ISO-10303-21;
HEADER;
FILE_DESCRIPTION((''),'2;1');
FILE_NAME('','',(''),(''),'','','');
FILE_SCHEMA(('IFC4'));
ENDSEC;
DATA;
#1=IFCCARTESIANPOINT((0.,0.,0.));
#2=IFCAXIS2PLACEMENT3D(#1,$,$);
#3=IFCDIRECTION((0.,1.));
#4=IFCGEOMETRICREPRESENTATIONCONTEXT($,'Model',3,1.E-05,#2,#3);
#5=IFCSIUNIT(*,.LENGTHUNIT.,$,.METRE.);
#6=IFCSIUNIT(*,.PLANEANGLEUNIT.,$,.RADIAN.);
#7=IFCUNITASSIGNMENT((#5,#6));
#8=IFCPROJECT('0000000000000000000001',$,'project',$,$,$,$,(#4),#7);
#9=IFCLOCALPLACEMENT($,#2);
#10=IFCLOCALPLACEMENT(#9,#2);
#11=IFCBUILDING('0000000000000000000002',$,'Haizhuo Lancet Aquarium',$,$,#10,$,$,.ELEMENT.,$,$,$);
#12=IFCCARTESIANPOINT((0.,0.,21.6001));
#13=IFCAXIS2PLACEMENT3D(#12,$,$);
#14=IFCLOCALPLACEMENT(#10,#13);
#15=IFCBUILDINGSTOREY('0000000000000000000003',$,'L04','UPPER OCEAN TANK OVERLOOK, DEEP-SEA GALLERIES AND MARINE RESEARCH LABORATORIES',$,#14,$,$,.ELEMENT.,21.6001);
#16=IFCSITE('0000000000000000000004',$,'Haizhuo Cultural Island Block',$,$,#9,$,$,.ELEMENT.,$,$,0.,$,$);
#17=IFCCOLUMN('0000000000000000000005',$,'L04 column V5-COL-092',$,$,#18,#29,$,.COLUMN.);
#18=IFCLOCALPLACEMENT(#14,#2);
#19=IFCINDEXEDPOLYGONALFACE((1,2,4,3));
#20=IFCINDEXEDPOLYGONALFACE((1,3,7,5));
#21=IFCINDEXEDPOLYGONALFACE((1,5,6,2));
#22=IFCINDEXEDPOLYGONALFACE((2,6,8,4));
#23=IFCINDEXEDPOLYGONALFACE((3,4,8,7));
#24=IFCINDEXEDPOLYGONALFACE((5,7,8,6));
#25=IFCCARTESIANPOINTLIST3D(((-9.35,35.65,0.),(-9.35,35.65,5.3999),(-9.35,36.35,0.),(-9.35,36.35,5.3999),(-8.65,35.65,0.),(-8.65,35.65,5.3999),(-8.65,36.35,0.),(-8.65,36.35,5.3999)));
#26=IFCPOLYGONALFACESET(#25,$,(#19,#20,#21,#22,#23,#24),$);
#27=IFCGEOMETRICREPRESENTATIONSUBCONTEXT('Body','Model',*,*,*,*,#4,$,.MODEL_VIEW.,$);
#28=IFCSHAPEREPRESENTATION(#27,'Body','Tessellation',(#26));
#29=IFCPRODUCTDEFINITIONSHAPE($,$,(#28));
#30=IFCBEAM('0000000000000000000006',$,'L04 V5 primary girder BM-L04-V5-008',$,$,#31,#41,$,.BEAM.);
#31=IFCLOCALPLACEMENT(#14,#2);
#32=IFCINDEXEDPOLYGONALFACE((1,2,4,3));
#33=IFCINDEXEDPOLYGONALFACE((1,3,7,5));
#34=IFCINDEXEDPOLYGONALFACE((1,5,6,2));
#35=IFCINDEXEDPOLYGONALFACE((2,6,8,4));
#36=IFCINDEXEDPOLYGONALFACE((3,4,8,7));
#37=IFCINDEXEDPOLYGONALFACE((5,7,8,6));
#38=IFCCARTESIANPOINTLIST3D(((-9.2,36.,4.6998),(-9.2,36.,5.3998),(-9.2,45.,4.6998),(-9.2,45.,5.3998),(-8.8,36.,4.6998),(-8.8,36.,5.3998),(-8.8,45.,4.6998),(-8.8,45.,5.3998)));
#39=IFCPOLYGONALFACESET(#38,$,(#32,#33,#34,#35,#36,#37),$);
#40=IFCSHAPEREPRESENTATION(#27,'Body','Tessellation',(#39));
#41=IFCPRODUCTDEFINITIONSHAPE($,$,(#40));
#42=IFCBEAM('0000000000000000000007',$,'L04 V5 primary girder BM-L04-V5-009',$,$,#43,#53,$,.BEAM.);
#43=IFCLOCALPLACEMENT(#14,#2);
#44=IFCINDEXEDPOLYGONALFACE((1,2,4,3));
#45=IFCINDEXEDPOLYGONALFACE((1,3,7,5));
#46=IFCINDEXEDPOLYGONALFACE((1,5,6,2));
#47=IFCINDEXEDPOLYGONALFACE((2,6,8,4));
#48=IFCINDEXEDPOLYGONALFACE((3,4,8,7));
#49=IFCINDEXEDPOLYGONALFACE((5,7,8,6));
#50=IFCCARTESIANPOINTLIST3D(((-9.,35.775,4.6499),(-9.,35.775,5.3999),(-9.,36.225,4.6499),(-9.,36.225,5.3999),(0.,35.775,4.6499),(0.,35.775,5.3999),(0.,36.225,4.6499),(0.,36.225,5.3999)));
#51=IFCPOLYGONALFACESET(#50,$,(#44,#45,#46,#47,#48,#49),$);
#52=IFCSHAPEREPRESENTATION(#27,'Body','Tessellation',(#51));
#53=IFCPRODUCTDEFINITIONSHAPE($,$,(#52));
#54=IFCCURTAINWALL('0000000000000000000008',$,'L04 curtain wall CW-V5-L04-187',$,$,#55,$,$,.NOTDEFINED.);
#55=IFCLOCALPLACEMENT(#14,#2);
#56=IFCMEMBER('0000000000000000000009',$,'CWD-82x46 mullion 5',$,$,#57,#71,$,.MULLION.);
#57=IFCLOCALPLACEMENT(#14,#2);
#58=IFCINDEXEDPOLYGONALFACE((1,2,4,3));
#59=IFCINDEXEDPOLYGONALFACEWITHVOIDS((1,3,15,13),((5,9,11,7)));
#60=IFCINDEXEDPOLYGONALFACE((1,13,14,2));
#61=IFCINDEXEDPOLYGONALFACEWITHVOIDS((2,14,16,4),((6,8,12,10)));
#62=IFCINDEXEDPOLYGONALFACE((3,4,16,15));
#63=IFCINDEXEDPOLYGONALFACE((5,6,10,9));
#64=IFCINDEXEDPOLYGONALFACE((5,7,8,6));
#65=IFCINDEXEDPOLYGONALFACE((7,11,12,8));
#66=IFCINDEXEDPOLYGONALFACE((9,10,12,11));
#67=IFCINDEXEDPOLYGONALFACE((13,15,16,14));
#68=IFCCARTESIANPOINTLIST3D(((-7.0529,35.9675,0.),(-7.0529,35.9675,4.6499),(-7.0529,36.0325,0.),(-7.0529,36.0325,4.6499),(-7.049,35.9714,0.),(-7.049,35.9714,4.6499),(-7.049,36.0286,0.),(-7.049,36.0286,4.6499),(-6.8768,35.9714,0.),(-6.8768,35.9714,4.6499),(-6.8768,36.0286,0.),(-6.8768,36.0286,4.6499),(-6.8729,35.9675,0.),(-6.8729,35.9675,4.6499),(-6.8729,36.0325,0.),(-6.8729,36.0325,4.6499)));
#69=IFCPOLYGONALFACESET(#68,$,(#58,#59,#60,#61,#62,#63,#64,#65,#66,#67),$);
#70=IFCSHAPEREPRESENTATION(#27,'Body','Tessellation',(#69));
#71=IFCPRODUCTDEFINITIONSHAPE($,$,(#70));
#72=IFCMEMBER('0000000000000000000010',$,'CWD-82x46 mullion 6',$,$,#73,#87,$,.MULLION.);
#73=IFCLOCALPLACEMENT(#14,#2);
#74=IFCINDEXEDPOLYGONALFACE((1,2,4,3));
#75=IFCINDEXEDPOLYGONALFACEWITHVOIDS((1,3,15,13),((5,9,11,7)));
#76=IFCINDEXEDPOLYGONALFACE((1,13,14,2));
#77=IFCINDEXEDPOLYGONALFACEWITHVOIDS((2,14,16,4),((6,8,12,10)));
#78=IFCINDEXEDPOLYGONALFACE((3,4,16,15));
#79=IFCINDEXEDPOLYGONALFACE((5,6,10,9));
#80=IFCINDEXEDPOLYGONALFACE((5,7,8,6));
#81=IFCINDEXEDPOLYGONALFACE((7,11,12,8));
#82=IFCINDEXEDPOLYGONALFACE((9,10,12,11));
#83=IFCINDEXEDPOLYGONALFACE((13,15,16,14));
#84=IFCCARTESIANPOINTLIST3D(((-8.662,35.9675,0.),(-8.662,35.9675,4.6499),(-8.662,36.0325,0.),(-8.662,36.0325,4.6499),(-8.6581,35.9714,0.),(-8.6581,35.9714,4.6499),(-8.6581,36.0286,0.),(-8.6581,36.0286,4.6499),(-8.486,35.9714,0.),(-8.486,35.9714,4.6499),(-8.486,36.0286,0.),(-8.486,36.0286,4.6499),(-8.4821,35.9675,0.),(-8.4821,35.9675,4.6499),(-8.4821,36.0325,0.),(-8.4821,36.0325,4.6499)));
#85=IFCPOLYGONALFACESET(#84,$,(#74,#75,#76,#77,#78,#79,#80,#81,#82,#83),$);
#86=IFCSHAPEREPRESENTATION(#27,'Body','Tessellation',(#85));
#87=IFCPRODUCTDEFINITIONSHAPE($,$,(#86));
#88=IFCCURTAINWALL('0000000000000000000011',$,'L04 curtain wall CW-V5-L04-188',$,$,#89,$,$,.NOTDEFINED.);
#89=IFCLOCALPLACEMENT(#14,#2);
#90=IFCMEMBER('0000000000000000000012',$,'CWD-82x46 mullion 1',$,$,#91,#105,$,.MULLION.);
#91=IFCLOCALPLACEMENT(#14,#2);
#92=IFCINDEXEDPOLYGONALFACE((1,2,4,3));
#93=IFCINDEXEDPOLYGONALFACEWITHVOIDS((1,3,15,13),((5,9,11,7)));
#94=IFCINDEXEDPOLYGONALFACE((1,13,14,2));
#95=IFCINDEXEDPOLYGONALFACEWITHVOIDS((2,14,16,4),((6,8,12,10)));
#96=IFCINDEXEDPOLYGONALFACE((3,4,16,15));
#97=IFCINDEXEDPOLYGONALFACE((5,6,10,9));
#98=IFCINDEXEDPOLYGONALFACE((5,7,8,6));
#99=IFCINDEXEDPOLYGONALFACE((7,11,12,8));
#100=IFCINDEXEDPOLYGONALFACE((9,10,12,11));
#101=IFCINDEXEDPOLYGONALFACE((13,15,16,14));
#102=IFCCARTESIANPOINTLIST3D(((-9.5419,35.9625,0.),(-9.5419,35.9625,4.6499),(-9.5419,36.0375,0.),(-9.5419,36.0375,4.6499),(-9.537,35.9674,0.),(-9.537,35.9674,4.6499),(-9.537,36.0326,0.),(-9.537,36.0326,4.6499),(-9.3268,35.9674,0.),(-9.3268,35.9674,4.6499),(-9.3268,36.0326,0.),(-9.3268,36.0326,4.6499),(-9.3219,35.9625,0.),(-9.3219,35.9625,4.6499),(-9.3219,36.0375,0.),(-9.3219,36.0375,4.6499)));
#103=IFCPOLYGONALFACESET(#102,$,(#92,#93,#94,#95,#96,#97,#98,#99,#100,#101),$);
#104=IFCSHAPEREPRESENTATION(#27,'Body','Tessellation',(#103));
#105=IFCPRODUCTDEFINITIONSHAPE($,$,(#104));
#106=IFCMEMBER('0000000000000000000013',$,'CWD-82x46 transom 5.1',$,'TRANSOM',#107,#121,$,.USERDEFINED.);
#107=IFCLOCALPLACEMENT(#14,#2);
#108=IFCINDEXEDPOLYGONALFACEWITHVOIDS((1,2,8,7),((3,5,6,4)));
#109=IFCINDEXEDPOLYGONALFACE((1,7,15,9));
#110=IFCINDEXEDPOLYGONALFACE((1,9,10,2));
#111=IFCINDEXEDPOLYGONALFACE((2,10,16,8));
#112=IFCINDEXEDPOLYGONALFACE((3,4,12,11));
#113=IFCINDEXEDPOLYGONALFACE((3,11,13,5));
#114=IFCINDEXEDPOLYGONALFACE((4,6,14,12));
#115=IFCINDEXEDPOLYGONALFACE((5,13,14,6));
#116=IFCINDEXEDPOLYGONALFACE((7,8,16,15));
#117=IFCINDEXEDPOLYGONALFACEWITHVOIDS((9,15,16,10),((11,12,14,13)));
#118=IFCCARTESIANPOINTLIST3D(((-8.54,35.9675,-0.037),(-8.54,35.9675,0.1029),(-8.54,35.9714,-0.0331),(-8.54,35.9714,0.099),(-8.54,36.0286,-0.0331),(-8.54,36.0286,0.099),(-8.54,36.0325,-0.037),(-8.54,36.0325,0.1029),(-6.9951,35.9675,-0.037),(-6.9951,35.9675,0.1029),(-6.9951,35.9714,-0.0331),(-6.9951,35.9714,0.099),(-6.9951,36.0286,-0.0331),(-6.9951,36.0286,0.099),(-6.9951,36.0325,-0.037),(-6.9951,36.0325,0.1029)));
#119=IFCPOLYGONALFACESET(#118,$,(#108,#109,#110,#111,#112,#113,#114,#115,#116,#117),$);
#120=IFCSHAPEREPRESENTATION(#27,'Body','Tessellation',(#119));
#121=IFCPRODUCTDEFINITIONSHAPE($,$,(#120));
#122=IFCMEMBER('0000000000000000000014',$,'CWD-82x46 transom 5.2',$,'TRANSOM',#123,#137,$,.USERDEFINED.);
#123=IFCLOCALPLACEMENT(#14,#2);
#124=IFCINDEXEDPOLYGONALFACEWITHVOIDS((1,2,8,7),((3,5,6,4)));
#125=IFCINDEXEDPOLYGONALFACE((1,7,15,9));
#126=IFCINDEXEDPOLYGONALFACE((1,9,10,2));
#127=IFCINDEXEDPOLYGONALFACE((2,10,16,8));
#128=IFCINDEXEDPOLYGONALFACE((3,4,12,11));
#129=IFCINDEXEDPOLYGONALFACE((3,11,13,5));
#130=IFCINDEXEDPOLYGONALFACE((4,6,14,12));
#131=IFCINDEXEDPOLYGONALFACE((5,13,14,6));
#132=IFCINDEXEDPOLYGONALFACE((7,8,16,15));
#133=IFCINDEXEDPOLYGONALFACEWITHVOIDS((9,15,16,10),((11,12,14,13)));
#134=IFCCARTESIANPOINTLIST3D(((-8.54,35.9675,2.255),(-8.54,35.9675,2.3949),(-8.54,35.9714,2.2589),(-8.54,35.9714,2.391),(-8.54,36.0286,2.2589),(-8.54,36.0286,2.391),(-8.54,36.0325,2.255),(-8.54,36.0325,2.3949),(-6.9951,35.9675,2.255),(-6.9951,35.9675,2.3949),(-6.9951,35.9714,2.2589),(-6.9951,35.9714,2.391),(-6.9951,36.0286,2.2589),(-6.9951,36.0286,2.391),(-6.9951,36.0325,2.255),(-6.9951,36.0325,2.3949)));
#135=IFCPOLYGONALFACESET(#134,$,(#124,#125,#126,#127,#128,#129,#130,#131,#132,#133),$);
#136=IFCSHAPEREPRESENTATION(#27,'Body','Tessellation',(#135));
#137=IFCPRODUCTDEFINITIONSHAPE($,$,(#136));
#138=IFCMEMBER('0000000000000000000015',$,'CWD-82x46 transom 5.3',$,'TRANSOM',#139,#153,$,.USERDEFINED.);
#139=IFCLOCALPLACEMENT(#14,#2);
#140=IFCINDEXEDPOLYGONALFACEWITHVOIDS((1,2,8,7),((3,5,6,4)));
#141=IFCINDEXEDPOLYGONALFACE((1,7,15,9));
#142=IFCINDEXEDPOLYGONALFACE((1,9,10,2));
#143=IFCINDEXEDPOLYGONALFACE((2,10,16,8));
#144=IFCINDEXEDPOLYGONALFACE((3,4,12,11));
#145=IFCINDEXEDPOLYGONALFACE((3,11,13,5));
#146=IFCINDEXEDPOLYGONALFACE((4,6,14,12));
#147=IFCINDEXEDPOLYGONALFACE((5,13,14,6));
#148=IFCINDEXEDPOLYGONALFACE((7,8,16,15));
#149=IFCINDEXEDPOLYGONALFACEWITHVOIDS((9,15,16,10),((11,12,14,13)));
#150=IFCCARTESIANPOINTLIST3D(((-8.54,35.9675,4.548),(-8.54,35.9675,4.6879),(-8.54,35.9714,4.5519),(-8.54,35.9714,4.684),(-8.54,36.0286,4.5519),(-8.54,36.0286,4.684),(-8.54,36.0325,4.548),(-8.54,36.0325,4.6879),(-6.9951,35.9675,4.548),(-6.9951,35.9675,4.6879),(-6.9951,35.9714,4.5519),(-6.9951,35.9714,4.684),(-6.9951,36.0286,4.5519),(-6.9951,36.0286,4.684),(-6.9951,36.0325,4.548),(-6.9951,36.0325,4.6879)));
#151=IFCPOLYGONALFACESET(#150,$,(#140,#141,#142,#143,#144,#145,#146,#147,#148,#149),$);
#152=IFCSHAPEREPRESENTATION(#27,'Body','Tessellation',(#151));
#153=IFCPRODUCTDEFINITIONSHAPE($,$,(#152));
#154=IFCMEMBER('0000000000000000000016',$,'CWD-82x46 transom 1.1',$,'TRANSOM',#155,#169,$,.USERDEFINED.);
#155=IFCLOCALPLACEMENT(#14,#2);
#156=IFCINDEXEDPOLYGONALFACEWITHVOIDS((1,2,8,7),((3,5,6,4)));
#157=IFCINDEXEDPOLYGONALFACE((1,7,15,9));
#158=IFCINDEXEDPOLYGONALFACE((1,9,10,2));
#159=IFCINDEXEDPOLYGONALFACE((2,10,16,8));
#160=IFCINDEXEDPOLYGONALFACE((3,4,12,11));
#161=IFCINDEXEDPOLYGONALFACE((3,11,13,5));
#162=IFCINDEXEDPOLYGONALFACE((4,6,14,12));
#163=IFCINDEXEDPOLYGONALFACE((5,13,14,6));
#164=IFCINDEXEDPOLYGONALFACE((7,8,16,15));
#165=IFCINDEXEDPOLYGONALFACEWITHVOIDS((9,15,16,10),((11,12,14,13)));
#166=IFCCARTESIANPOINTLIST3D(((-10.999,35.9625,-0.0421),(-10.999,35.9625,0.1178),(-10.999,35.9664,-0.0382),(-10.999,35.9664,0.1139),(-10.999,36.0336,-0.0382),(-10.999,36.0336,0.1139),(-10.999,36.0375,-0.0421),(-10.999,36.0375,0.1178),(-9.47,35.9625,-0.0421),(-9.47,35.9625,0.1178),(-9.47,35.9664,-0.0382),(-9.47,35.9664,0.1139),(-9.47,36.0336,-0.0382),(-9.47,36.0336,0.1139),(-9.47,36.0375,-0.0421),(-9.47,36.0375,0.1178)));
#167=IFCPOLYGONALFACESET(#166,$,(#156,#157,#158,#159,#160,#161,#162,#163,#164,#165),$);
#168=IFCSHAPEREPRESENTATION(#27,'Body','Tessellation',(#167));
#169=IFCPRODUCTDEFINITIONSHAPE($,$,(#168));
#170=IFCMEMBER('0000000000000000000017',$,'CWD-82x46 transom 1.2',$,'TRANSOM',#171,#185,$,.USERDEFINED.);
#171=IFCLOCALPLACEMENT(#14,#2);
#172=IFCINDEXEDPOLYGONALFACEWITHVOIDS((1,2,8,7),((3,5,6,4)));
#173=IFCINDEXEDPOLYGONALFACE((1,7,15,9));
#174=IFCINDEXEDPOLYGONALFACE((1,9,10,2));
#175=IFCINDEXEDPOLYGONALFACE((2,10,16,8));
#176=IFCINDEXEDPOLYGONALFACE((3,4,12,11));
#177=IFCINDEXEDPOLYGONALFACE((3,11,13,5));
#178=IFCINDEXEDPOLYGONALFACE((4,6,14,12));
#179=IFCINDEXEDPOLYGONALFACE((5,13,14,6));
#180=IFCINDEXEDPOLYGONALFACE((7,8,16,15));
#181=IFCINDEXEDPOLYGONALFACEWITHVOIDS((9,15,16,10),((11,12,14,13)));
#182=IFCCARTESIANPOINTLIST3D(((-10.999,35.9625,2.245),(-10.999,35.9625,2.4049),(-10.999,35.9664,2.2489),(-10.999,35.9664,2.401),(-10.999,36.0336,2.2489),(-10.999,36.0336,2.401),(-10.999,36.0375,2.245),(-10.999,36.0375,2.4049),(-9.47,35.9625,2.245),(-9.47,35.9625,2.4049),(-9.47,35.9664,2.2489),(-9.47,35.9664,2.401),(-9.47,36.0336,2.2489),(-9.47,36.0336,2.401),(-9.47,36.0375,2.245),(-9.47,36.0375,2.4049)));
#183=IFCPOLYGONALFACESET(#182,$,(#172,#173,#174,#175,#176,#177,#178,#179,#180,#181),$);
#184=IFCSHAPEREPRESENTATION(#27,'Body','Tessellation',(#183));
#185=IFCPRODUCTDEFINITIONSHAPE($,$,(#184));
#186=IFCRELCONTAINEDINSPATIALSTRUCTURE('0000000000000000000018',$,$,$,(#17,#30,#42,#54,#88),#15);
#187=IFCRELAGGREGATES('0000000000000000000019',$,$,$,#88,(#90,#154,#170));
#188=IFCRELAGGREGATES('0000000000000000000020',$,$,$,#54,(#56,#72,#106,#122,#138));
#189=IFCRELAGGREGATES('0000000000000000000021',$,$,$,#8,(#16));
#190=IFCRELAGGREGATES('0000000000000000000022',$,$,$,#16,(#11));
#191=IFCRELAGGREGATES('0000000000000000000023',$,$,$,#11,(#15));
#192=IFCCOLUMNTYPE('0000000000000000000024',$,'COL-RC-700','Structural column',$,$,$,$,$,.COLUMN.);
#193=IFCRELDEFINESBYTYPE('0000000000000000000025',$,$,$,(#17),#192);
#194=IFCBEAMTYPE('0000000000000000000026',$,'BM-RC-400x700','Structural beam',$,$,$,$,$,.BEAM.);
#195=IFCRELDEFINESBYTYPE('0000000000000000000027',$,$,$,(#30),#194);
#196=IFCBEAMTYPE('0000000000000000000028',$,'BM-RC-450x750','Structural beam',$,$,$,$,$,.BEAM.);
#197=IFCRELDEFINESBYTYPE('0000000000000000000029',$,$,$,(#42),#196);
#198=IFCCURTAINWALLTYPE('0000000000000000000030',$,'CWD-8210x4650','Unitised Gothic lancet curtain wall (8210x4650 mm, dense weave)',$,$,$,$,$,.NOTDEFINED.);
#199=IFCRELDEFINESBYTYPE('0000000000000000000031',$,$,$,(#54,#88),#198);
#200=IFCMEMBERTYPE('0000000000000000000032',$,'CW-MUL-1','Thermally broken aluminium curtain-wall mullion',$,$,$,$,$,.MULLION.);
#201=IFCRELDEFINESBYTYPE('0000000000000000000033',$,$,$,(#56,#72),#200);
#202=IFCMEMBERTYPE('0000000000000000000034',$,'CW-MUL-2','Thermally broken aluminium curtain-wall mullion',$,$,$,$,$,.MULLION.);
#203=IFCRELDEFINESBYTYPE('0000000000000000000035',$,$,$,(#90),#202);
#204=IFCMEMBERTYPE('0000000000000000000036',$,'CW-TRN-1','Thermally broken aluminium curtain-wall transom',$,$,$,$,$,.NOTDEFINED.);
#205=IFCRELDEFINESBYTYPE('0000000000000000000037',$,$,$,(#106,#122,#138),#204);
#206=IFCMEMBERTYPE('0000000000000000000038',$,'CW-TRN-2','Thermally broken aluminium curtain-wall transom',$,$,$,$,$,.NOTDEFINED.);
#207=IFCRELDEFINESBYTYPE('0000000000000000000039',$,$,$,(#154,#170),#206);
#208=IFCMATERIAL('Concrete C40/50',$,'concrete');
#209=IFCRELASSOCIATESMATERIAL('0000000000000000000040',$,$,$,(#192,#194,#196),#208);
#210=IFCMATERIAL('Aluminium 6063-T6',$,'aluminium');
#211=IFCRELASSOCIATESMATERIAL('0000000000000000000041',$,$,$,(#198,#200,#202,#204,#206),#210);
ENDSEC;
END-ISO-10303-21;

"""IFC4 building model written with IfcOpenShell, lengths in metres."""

from ifc_helpers import new_model, si_unit, direction, frame, origin, origin_2d, place, context, subcontext, project, spatial, rectangle, hollow_rectangle, extrude, material, material_profile, profile_set, type_object, element, aggregate, save


model = new_model("IFC4")

# Units and contexts
model_context = context("Model", 3, precision=1e-05, world=origin(), true_north=direction((0.0, 1.0)))
body_context = subcontext(model_context, "Body", "Model", "MODEL_VIEW")
ifc_project = project(units=[si_unit("LENGTHUNIT", "METRE"), si_unit("PLANEANGLEUNIT", "RADIAN")], contexts=[model_context])

# Site, building, storey
site_placement = place(None, origin())
site = spatial("IfcSite", under=ifc_project, at=site_placement, Name="Haizhuo Cultural Island Block", CompositionType="ELEMENT", RefElevation=0.0)
building_placement = place(site_placement, origin())
building = spatial("IfcBuilding", under=site, at=building_placement, Name="Haizhuo Lancet Aquarium", CompositionType="ELEMENT")
storey_placement = place(building_placement, frame((0.0, 0.0, 21.6001)))
storey = spatial("IfcBuildingStorey", under=building, at=storey_placement, Name="L04", Description="UPPER OCEAN TANK OVERLOOK, DEEP-SEA GALLERIES AND MARINE RESEARCH LABORATORIES", CompositionType="ELEMENT", Elevation=21.6001)

# Column
ifc_material_1 = material(Name="Concrete C40/50", Category="concrete")
ifc_material_profile_1 = material_profile(ifc_material_1, rectangle(XDim=0.7, YDim=0.7, at=origin_2d()), Name="RC-COL 700x700")
ifc_profile_set_1 = profile_set([ifc_material_profile_1], Name="Concrete C40/50")
column_type = type_object("IfcColumnType", Name="COL-RC-700", Description="Structural column", PredefinedType="COLUMN", material=ifc_profile_set_1)
column_placement = place(storey_placement, frame((-9.0, 36.0, 0.0), z_axis=(0.0, 0.0, 1.0), x_axis=(1.0, 0.0, 0.0)))
element("IfcColumn", 1, at=column_placement, inside=storey, type_object=column_type, Name="L04 column V5-COL-092", PredefinedType="COLUMN", context=body_context, shape_type="SweptSolid", body=[
    extrude(rectangle(XDim=0.7, YDim=0.7, at=origin_2d()), origin(), (0.0, 0.0, 1.0), 5.3999),
])

# Beams
ifc_material_profile_2 = material_profile(ifc_material_1, rectangle(XDim=0.3999, YDim=0.7, at=origin_2d()), Name="RC-BM 400x700")
ifc_profile_set_2 = profile_set([ifc_material_profile_2], Name="Concrete C40/50")
beam_type_1 = type_object("IfcBeamType", Name="BM-RC-400x700", Description="Structural beam", PredefinedType="BEAM", material=ifc_profile_set_2)
beam_1_placement = place(storey_placement, frame((-9.0, 36.0, 5.0498), z_axis=(0.0, 1.0, 0.0), x_axis=(-1.0, 0.0, 0.0)))
element("IfcBeam", 2, at=beam_1_placement, inside=storey, type_object=beam_type_1, Name="L04 V5 primary girder BM-L04-V5-008", PredefinedType="BEAM", context=body_context, shape_type="SweptSolid", body=[
    extrude(rectangle(XDim=0.3999, YDim=0.7, at=origin_2d()), origin(), (0.0, 0.0, 1.0), 9.0),
])
ifc_material_profile_3 = material_profile(ifc_material_1, rectangle(XDim=0.45, YDim=0.75, at=origin_2d()), Name="RC-BM 450x750")
ifc_profile_set_3 = profile_set([ifc_material_profile_3], Name="Concrete C40/50")
beam_type_2 = type_object("IfcBeamType", Name="BM-RC-450x750", Description="Structural beam", PredefinedType="BEAM", material=ifc_profile_set_3)
beam_2_placement = place(storey_placement, frame((-9.0, 36.0, 5.0249), z_axis=(1.0, 0.0, 0.0), x_axis=(0.0, 1.0, 0.0)))
element("IfcBeam", 3, at=beam_2_placement, inside=storey, type_object=beam_type_2, Name="L04 V5 primary girder BM-L04-V5-009", PredefinedType="BEAM", context=body_context, shape_type="SweptSolid", body=[
    extrude(rectangle(XDim=0.45, YDim=0.75, at=origin_2d()), origin(), (0.0, 0.0, 1.0), 9.0),
])

# Curtain wall, members
ifc_material_2 = material(Name="Aluminium 6063-T6", Category="aluminium")
curtain_wall_type = type_object("IfcCurtainWallType", Name="CWD-8210x4650", Description="Unitised Gothic lancet curtain wall (8210x4650 mm, dense weave)", PredefinedType="NOTDEFINED", material=ifc_material_2)
curtain_wall_1_placement = place(storey_placement, origin())
curtain_wall_1 = element("IfcCurtainWall", 4, at=curtain_wall_1_placement, inside=storey, type_object=curtain_wall_type, Name="L04 curtain wall CW-V5-L04-187", PredefinedType="NOTDEFINED")
ifc_material_profile_4 = material_profile(ifc_material_2, hollow_rectangle(XDim=0.0649, YDim=0.1799, WallThickness=0.0039, at=origin_2d()), Name="ALU-M 65x180x4")
ifc_profile_set_4 = profile_set([ifc_material_profile_4], Name="Aluminium 6063-T6")
member_type_1 = type_object("IfcMemberType", Name="CW-MUL-1", Description="Thermally broken aluminium curtain-wall mullion", PredefinedType="MULLION", material=ifc_profile_set_4)
member_1_placement = place(storey_placement, frame((-6.9629, 36.0, 0.0), z_axis=(0.0, 0.0, 1.0), x_axis=(0.0, -1.0, 0.0)))
member_1 = element("IfcMember", 5, at=member_1_placement, type_object=member_type_1, Name="CWD-82x46 mullion 5", PredefinedType="MULLION", context=body_context, shape_type="SweptSolid", body=[
    extrude(hollow_rectangle(XDim=0.0649, YDim=0.1799, WallThickness=0.0039, at=origin_2d()), origin(), (0.0, 0.0, 1.0), 4.6499),
])
member_2_placement = place(storey_placement, frame((-8.572, 36.0, 0.0), z_axis=(0.0, 0.0, 1.0), x_axis=(0.0, -1.0, 0.0)))
member_2 = element("IfcMember", 6, at=member_2_placement, type_object=member_type_1, Name="CWD-82x46 mullion 6", PredefinedType="MULLION", context=body_context, shape_type="SweptSolid", body=[
    extrude(hollow_rectangle(XDim=0.0649, YDim=0.1799, WallThickness=0.0039, at=origin_2d()), origin(), (0.0, 0.0, 1.0), 4.6499),
])

# Curtain wall, member
curtain_wall_2_placement = place(storey_placement, origin())
curtain_wall_2 = element("IfcCurtainWall", 7, at=curtain_wall_2_placement, inside=storey, type_object=curtain_wall_type, Name="L04 curtain wall CW-V5-L04-188", PredefinedType="NOTDEFINED")
ifc_material_profile_5 = material_profile(ifc_material_2, hollow_rectangle(XDim=0.075, YDim=0.22, WallThickness=0.0049, at=origin_2d()), Name="ALU-M 75x220x5")
ifc_profile_set_5 = profile_set([ifc_material_profile_5], Name="Aluminium 6063-T6")
member_type_2 = type_object("IfcMemberType", Name="CW-MUL-2", Description="Thermally broken aluminium curtain-wall mullion", PredefinedType="MULLION", material=ifc_profile_set_5)
member_3_placement = place(storey_placement, frame((-9.4319, 36.0, 0.0), z_axis=(0.0, 0.0, 1.0), x_axis=(0.0, -1.0, 0.0)))
member_3 = element("IfcMember", 8, at=member_3_placement, type_object=member_type_2, Name="CWD-82x46 mullion 1", PredefinedType="MULLION", context=body_context, shape_type="SweptSolid", body=[
    extrude(hollow_rectangle(XDim=0.075, YDim=0.22, WallThickness=0.0049, at=origin_2d()), origin(), (0.0, 0.0, 1.0), 4.6499),
])

# Members
ifc_material_profile_6 = material_profile(ifc_material_2, hollow_rectangle(XDim=0.0649, YDim=0.1399, WallThickness=0.0039, at=origin_2d()), Name="ALU-T 65x140x4")
ifc_profile_set_6 = profile_set([ifc_material_profile_6], Name="Aluminium 6063-T6")
member_type_3 = type_object("IfcMemberType", Name="CW-TRN-1", Description="Thermally broken aluminium curtain-wall transom", PredefinedType="NOTDEFINED", material=ifc_profile_set_6)
member_4_placement = place(storey_placement, frame((-6.9951, 36.0, 0.033), z_axis=(-1.0, 0.0, 0.0), x_axis=(0.0, -1.0, 0.0)))
member_4 = element("IfcMember", 9, at=member_4_placement, type_object=member_type_3, Name="CWD-82x46 transom 5.1", ObjectType="TRANSOM", PredefinedType="USERDEFINED", context=body_context, shape_type="SweptSolid", body=[
    extrude(hollow_rectangle(XDim=0.0649, YDim=0.1399, WallThickness=0.0039, at=origin_2d()), origin(), (0.0, 0.0, 1.0), 1.5449),
])
member_5_placement = place(storey_placement, frame((-6.9951, 36.0, 2.325), z_axis=(-1.0, 0.0, 0.0), x_axis=(0.0, -1.0, 0.0)))
member_5 = element("IfcMember", 10, at=member_5_placement, type_object=member_type_3, Name="CWD-82x46 transom 5.2", ObjectType="TRANSOM", PredefinedType="USERDEFINED", context=body_context, shape_type="SweptSolid", body=[
    extrude(hollow_rectangle(XDim=0.0649, YDim=0.1399, WallThickness=0.0039, at=origin_2d()), origin(), (0.0, 0.0, 1.0), 1.5449),
])
member_6_placement = place(storey_placement, frame((-6.9951, 36.0, 4.6179), z_axis=(-1.0, 0.0, 0.0), x_axis=(0.0, -1.0, 0.0)))
member_6 = element("IfcMember", 11, at=member_6_placement, type_object=member_type_3, Name="CWD-82x46 transom 5.3", ObjectType="TRANSOM", PredefinedType="USERDEFINED", context=body_context, shape_type="SweptSolid", body=[
    extrude(hollow_rectangle(XDim=0.0649, YDim=0.1399, WallThickness=0.0039, at=origin_2d()), origin(), (0.0, 0.0, 1.0), 1.5449),
])
ifc_material_profile_7 = material_profile(ifc_material_2, hollow_rectangle(XDim=0.075, YDim=0.1599, WallThickness=0.0039, at=origin_2d()), Name="ALU-T 75x160x4")
ifc_profile_set_7 = profile_set([ifc_material_profile_7], Name="Aluminium 6063-T6")
member_type_4 = type_object("IfcMemberType", Name="CW-TRN-2", Description="Thermally broken aluminium curtain-wall transom", PredefinedType="NOTDEFINED", material=ifc_profile_set_7)
member_7_placement = place(storey_placement, frame((-9.47, 36.0, 0.0378), z_axis=(-1.0, 0.0, 0.0), x_axis=(0.0, -1.0, 0.0)))
member_7 = element("IfcMember", 12, at=member_7_placement, type_object=member_type_4, Name="CWD-82x46 transom 1.1", ObjectType="TRANSOM", PredefinedType="USERDEFINED", context=body_context, shape_type="SweptSolid", body=[
    extrude(hollow_rectangle(XDim=0.075, YDim=0.1599, WallThickness=0.0039, at=origin_2d()), origin(), (0.0, 0.0, 1.0), 1.5291),
])
member_8_placement = place(storey_placement, frame((-9.47, 36.0, 2.325), z_axis=(-1.0, 0.0, 0.0), x_axis=(0.0, -1.0, 0.0)))
member_8 = element("IfcMember", 13, at=member_8_placement, type_object=member_type_4, Name="CWD-82x46 transom 1.2", ObjectType="TRANSOM", PredefinedType="USERDEFINED", context=body_context, shape_type="SweptSolid", body=[
    extrude(hollow_rectangle(XDim=0.075, YDim=0.1599, WallThickness=0.0039, at=origin_2d()), origin(), (0.0, 0.0, 1.0), 1.5291),
])
aggregate(curtain_wall_2, [member_3, member_7, member_8])

aggregate(curtain_wall_1, [member_1, member_2, member_4, member_5, member_6])

save(model, "model.ifc")
